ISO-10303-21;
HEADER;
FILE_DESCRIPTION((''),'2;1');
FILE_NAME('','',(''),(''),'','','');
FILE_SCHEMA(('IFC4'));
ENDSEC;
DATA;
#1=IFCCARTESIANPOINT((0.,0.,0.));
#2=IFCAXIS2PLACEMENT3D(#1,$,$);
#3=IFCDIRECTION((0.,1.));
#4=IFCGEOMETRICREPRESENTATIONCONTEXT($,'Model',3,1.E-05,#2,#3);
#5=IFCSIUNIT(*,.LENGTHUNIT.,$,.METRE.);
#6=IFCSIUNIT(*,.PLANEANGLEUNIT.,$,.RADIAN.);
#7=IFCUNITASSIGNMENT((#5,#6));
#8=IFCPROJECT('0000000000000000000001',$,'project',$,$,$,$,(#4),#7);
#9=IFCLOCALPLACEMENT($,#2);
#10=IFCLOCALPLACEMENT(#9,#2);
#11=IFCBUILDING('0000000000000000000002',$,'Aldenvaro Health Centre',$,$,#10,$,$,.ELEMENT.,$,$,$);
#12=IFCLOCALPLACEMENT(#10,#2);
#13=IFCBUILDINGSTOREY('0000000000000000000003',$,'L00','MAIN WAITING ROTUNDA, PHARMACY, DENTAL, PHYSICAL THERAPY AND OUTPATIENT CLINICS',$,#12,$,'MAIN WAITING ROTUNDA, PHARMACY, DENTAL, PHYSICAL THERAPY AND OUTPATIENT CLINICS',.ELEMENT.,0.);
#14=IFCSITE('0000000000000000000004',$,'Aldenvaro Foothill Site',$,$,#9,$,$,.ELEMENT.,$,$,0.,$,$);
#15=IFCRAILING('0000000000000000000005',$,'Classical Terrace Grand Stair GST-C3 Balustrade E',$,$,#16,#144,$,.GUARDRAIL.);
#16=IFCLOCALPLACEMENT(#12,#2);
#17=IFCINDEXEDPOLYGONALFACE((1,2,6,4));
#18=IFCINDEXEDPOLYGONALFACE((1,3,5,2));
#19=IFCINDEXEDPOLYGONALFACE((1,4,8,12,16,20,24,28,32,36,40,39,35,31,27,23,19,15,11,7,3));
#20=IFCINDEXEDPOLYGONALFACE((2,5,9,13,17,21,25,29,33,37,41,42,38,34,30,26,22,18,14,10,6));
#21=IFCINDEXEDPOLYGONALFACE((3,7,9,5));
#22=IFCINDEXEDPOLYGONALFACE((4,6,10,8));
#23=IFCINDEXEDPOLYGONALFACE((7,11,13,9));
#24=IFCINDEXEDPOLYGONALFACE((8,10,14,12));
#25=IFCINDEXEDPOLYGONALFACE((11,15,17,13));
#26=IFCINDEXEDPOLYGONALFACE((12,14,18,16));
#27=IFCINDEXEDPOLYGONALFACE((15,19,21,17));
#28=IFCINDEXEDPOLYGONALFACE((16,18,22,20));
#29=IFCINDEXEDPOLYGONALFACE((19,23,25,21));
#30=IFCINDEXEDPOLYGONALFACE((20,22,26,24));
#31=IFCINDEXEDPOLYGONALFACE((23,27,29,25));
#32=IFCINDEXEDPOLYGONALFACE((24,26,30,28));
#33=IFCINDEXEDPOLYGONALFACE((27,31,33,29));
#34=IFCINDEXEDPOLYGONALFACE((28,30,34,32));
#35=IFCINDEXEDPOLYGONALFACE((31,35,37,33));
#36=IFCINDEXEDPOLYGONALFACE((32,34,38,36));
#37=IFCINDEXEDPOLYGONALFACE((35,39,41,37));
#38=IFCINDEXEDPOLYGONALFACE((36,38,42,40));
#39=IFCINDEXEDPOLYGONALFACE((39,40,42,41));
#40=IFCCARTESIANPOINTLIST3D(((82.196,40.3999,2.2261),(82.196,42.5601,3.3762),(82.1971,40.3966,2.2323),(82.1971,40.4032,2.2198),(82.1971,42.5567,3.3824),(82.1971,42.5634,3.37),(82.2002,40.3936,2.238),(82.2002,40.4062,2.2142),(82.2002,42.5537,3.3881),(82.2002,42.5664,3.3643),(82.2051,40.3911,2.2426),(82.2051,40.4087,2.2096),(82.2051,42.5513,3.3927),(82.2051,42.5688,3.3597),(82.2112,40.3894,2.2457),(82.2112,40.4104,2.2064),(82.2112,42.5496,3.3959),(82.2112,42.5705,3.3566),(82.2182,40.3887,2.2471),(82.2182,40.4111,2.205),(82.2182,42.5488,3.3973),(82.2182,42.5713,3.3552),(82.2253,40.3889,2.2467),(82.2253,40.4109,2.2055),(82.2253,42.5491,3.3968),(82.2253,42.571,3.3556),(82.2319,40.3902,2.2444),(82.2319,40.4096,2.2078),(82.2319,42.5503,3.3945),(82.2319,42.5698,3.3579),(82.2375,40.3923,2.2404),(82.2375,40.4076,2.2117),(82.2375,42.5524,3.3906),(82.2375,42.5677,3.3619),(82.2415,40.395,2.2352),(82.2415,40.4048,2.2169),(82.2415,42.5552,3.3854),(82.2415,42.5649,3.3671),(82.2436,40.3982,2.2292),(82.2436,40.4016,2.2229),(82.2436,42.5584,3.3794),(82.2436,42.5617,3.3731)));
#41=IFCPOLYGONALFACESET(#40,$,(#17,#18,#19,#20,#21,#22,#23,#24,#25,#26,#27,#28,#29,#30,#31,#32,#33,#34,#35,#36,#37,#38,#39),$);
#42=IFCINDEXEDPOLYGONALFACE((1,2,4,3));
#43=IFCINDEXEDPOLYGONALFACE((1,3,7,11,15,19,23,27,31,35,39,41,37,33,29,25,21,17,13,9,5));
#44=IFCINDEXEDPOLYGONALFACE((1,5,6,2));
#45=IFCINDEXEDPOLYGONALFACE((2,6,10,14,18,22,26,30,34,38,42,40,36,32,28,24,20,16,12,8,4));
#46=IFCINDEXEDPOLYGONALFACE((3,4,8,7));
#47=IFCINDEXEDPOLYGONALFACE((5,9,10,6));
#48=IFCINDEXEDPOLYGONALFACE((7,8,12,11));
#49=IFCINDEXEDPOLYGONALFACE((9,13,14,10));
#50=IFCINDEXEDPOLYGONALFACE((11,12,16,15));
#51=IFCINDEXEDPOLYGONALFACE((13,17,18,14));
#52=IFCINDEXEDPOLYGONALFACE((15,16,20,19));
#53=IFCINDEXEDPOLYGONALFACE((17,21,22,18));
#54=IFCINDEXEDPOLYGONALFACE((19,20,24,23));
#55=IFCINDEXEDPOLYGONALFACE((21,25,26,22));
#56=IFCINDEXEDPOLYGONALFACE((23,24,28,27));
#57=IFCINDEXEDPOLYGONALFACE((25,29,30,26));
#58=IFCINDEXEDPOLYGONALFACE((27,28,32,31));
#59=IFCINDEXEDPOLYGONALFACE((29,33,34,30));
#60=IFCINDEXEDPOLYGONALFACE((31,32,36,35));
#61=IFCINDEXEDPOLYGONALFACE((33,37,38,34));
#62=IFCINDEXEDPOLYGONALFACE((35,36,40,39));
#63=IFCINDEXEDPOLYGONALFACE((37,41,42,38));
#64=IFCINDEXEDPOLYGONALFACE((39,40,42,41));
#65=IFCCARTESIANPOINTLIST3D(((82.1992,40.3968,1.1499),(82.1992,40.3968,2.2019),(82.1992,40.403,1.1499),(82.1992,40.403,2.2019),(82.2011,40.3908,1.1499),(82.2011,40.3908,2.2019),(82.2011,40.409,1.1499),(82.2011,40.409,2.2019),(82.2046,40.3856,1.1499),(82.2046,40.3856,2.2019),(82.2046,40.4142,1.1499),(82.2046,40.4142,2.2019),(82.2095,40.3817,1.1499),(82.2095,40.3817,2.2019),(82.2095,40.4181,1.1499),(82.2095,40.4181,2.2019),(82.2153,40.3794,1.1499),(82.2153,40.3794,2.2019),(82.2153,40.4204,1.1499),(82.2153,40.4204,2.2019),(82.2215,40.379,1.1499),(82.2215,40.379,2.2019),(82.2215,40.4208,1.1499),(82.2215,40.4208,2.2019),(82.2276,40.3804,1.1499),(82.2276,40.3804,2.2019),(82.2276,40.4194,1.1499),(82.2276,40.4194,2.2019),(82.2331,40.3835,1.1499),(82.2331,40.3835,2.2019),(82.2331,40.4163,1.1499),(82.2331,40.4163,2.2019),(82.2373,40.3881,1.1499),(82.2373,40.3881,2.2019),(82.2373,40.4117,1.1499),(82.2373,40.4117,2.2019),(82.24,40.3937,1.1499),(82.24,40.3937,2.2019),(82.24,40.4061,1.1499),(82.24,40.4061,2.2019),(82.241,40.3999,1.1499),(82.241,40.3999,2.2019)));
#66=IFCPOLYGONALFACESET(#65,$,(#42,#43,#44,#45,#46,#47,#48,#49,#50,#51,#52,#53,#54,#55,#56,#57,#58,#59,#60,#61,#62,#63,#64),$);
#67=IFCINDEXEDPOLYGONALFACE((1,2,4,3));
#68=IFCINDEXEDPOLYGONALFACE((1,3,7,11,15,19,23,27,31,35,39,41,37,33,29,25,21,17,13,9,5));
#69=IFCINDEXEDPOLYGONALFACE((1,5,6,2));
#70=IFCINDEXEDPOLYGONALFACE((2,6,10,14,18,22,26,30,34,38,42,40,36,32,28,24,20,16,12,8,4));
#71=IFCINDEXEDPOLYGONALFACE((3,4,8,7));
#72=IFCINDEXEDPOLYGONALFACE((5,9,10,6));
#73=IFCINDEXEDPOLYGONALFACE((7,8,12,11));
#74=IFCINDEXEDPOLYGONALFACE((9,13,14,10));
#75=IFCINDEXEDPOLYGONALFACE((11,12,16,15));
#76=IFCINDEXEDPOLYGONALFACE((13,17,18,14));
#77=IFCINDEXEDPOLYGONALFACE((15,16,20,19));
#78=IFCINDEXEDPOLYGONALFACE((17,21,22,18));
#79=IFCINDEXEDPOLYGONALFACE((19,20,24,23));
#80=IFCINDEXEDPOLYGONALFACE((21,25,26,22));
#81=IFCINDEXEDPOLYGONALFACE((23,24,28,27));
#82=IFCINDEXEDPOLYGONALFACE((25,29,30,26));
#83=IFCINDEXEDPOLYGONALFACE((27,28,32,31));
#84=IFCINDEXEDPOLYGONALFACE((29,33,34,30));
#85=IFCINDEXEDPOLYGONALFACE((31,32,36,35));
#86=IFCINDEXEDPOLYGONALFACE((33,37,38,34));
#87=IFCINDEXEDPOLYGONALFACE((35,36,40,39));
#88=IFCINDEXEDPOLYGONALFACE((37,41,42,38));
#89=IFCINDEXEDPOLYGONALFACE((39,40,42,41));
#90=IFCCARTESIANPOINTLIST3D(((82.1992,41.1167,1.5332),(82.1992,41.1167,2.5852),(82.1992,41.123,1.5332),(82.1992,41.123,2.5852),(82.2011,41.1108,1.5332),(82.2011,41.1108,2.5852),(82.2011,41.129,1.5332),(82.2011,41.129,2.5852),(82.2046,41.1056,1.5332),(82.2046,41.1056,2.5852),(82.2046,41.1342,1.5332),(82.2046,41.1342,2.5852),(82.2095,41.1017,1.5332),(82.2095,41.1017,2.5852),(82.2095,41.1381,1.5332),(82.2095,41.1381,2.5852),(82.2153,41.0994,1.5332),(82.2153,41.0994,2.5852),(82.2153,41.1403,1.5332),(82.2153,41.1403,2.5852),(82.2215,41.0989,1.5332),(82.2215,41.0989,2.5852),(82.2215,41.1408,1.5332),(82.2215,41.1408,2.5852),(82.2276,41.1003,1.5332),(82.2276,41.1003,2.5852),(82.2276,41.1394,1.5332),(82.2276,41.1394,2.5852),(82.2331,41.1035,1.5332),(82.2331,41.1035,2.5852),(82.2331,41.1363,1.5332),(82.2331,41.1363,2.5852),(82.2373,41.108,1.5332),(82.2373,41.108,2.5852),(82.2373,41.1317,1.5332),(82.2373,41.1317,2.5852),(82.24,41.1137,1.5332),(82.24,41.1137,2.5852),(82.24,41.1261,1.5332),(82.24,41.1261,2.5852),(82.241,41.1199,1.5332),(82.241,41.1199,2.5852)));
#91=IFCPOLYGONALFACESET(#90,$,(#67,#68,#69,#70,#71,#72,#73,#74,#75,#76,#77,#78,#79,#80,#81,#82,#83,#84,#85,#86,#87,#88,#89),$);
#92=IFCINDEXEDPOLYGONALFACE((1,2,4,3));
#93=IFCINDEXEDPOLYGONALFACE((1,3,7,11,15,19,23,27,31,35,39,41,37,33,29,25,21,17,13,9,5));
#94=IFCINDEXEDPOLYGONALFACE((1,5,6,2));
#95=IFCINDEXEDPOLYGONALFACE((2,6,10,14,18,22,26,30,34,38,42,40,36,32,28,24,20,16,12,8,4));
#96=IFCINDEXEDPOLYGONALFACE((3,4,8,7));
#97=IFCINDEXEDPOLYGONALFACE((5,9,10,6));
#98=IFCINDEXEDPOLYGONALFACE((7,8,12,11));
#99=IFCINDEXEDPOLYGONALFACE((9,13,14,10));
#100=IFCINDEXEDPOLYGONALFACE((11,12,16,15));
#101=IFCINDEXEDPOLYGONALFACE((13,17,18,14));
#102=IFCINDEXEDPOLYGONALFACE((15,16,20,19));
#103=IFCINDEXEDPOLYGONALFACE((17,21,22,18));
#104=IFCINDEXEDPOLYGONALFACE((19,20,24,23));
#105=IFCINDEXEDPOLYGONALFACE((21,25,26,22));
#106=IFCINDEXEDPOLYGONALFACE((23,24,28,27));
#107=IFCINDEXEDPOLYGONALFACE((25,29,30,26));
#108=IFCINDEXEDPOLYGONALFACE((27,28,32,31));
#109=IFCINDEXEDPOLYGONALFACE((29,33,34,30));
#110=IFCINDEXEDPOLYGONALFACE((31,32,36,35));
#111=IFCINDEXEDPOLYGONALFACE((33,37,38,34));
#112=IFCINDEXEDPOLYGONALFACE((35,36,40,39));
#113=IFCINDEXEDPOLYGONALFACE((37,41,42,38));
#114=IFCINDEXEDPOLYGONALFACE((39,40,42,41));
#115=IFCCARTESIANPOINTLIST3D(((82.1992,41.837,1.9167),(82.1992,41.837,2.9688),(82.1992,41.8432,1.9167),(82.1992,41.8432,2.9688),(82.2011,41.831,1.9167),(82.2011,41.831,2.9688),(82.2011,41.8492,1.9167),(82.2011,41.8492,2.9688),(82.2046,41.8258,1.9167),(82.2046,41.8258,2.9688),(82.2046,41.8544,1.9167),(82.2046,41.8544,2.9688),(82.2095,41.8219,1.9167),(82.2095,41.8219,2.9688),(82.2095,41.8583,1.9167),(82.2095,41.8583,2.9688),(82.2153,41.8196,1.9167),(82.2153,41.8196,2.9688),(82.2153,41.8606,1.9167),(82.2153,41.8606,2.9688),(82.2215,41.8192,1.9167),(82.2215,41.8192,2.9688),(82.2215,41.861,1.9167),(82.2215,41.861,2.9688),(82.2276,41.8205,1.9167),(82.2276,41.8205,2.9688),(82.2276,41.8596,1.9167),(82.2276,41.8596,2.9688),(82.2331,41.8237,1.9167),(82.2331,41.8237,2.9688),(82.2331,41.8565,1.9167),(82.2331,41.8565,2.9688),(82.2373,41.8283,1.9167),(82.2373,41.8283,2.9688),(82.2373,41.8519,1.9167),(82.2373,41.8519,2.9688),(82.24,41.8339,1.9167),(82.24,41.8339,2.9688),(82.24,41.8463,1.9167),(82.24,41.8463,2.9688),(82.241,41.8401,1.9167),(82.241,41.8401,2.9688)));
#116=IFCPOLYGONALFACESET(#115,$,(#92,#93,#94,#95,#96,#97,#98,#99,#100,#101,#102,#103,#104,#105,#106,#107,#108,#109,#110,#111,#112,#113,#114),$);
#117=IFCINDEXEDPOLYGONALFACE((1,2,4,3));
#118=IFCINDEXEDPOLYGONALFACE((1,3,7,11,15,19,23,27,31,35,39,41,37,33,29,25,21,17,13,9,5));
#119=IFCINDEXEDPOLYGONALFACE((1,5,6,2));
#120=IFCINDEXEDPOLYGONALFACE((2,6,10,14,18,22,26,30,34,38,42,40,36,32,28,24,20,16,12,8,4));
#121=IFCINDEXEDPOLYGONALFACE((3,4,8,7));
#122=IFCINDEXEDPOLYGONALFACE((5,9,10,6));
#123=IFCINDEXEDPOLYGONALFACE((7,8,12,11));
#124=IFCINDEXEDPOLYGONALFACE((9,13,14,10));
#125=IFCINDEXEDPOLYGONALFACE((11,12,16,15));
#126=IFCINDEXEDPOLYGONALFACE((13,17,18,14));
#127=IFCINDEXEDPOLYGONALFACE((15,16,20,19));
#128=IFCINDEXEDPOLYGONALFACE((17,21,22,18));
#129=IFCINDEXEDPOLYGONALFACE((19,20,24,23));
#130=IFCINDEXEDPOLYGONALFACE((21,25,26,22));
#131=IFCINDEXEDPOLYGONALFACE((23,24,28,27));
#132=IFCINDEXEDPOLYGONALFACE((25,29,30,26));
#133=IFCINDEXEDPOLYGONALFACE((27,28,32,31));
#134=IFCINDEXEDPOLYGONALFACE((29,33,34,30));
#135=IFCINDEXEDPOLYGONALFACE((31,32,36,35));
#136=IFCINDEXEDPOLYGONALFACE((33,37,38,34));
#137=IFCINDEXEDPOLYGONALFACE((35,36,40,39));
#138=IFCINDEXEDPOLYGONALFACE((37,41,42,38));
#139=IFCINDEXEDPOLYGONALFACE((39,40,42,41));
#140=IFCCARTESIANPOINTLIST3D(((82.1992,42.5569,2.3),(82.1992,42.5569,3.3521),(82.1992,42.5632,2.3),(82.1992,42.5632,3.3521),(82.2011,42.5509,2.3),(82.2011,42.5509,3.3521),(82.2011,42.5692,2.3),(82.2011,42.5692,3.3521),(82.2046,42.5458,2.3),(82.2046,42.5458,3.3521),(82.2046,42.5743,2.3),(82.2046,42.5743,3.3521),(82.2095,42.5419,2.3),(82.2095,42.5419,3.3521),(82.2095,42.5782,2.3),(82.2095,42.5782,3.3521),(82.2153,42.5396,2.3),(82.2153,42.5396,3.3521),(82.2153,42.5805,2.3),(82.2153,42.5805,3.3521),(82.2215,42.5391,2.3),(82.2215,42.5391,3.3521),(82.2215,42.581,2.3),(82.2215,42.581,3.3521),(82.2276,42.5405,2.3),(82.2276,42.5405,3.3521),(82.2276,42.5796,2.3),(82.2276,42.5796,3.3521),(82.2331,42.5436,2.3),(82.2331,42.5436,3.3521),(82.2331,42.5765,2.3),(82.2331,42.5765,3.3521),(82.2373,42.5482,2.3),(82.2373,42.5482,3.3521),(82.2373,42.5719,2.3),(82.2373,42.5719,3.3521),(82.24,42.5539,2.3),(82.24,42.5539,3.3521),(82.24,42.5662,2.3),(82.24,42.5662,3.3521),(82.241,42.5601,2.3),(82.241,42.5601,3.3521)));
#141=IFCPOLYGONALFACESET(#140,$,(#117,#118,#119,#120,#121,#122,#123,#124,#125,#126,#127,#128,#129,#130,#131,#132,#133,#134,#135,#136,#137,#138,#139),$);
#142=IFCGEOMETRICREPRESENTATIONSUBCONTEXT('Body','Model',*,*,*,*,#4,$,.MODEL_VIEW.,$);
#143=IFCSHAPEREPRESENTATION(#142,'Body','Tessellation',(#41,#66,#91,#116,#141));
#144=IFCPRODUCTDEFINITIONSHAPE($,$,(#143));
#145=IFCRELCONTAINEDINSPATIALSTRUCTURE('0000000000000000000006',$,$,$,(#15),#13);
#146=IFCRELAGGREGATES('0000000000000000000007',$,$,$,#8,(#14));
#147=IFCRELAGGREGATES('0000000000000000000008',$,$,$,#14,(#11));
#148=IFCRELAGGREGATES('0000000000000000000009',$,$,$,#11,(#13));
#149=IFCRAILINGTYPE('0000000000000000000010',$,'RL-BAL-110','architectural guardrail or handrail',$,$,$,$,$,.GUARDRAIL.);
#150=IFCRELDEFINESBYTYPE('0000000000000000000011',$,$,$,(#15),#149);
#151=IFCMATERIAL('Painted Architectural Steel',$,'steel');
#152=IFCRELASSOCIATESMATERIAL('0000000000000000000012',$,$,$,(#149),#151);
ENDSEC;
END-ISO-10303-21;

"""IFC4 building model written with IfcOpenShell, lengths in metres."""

from ifc_helpers import new_model, si_unit, direction, frame, origin, origin_2d, place, context, subcontext, project, spatial, circle, extrude, material, type_object, element, save


model = new_model("IFC4")

# Units and contexts
model_context = context("Model", 3, precision=1e-05, world=origin(), true_north=direction((0.0, 1.0)))
body_context = subcontext(model_context, "Body", "Model", "MODEL_VIEW")
ifc_project = project(units=[si_unit("LENGTHUNIT", "METRE"), si_unit("PLANEANGLEUNIT", "RADIAN")], contexts=[model_context])

# Site, building, storey
site_placement = place(None, origin())
site = spatial("IfcSite", under=ifc_project, at=site_placement, Name="Aldenvaro Foothill Site", CompositionType="ELEMENT", RefElevation=0.0)
building_placement = place(site_placement, origin())
building = spatial("IfcBuilding", under=site, at=building_placement, Name="Aldenvaro Health Centre", CompositionType="ELEMENT")
storey_placement = place(building_placement, origin())
storey = spatial("IfcBuildingStorey", under=building, at=storey_placement, Name="L00", Description="MAIN WAITING ROTUNDA, PHARMACY, DENTAL, PHYSICAL THERAPY AND OUTPATIENT CLINICS", LongName="MAIN WAITING ROTUNDA, PHARMACY, DENTAL, PHYSICAL THERAPY AND OUTPATIENT CLINICS", CompositionType="ELEMENT", Elevation=0.0)

# Railing
ifc_material_1 = material(Name="Painted Architectural Steel", Category="steel")
railing_type_1 = type_object("IfcRailingType", Name="RL-BAL-110", Description="architectural guardrail or handrail", PredefinedType="GUARDRAIL", material=ifc_material_1)
for number, where, name in (
    (1, (82.22, 40.3999, 1.1499), "Classical Terrace Grand Stair GST-C3 Balustrade E"),
):
    element("IfcRailing", number, at=place(storey_placement, frame(where)), inside=storey, type_object=railing_type_1, Name=name, PredefinedType="GUARDRAIL", context=body_context, shape_type="SweptSolid", body=[
        extrude(circle(Radius=0.0239, at=origin_2d()), frame((0.0, 0.0, 1.0762), z_axis=(0.0, 0.882681, 0.469972), x_axis=(-1.0, 0.0, 0.0)), (0.0, 0.0, 1.0), 2.4473),
        extrude(circle(Radius=0.021, at=origin_2d()), origin(), (0.0, 0.0, 1.0), 1.052),
        extrude(circle(Radius=0.021, at=origin_2d()), frame((0.0, 0.72, 0.3833)), (0.0, 0.0, 1.0), 1.052),
        extrude(circle(Radius=0.021, at=origin_2d()), frame((0.0, 1.4402, 0.7668)), (0.0, 0.0, 1.0), 1.052),
        extrude(circle(Radius=0.021, at=origin_2d()), frame((0.0, 2.1602, 1.1501)), (0.0, 0.0, 1.0), 1.052),
    ])

save(model, "model.ifc")
